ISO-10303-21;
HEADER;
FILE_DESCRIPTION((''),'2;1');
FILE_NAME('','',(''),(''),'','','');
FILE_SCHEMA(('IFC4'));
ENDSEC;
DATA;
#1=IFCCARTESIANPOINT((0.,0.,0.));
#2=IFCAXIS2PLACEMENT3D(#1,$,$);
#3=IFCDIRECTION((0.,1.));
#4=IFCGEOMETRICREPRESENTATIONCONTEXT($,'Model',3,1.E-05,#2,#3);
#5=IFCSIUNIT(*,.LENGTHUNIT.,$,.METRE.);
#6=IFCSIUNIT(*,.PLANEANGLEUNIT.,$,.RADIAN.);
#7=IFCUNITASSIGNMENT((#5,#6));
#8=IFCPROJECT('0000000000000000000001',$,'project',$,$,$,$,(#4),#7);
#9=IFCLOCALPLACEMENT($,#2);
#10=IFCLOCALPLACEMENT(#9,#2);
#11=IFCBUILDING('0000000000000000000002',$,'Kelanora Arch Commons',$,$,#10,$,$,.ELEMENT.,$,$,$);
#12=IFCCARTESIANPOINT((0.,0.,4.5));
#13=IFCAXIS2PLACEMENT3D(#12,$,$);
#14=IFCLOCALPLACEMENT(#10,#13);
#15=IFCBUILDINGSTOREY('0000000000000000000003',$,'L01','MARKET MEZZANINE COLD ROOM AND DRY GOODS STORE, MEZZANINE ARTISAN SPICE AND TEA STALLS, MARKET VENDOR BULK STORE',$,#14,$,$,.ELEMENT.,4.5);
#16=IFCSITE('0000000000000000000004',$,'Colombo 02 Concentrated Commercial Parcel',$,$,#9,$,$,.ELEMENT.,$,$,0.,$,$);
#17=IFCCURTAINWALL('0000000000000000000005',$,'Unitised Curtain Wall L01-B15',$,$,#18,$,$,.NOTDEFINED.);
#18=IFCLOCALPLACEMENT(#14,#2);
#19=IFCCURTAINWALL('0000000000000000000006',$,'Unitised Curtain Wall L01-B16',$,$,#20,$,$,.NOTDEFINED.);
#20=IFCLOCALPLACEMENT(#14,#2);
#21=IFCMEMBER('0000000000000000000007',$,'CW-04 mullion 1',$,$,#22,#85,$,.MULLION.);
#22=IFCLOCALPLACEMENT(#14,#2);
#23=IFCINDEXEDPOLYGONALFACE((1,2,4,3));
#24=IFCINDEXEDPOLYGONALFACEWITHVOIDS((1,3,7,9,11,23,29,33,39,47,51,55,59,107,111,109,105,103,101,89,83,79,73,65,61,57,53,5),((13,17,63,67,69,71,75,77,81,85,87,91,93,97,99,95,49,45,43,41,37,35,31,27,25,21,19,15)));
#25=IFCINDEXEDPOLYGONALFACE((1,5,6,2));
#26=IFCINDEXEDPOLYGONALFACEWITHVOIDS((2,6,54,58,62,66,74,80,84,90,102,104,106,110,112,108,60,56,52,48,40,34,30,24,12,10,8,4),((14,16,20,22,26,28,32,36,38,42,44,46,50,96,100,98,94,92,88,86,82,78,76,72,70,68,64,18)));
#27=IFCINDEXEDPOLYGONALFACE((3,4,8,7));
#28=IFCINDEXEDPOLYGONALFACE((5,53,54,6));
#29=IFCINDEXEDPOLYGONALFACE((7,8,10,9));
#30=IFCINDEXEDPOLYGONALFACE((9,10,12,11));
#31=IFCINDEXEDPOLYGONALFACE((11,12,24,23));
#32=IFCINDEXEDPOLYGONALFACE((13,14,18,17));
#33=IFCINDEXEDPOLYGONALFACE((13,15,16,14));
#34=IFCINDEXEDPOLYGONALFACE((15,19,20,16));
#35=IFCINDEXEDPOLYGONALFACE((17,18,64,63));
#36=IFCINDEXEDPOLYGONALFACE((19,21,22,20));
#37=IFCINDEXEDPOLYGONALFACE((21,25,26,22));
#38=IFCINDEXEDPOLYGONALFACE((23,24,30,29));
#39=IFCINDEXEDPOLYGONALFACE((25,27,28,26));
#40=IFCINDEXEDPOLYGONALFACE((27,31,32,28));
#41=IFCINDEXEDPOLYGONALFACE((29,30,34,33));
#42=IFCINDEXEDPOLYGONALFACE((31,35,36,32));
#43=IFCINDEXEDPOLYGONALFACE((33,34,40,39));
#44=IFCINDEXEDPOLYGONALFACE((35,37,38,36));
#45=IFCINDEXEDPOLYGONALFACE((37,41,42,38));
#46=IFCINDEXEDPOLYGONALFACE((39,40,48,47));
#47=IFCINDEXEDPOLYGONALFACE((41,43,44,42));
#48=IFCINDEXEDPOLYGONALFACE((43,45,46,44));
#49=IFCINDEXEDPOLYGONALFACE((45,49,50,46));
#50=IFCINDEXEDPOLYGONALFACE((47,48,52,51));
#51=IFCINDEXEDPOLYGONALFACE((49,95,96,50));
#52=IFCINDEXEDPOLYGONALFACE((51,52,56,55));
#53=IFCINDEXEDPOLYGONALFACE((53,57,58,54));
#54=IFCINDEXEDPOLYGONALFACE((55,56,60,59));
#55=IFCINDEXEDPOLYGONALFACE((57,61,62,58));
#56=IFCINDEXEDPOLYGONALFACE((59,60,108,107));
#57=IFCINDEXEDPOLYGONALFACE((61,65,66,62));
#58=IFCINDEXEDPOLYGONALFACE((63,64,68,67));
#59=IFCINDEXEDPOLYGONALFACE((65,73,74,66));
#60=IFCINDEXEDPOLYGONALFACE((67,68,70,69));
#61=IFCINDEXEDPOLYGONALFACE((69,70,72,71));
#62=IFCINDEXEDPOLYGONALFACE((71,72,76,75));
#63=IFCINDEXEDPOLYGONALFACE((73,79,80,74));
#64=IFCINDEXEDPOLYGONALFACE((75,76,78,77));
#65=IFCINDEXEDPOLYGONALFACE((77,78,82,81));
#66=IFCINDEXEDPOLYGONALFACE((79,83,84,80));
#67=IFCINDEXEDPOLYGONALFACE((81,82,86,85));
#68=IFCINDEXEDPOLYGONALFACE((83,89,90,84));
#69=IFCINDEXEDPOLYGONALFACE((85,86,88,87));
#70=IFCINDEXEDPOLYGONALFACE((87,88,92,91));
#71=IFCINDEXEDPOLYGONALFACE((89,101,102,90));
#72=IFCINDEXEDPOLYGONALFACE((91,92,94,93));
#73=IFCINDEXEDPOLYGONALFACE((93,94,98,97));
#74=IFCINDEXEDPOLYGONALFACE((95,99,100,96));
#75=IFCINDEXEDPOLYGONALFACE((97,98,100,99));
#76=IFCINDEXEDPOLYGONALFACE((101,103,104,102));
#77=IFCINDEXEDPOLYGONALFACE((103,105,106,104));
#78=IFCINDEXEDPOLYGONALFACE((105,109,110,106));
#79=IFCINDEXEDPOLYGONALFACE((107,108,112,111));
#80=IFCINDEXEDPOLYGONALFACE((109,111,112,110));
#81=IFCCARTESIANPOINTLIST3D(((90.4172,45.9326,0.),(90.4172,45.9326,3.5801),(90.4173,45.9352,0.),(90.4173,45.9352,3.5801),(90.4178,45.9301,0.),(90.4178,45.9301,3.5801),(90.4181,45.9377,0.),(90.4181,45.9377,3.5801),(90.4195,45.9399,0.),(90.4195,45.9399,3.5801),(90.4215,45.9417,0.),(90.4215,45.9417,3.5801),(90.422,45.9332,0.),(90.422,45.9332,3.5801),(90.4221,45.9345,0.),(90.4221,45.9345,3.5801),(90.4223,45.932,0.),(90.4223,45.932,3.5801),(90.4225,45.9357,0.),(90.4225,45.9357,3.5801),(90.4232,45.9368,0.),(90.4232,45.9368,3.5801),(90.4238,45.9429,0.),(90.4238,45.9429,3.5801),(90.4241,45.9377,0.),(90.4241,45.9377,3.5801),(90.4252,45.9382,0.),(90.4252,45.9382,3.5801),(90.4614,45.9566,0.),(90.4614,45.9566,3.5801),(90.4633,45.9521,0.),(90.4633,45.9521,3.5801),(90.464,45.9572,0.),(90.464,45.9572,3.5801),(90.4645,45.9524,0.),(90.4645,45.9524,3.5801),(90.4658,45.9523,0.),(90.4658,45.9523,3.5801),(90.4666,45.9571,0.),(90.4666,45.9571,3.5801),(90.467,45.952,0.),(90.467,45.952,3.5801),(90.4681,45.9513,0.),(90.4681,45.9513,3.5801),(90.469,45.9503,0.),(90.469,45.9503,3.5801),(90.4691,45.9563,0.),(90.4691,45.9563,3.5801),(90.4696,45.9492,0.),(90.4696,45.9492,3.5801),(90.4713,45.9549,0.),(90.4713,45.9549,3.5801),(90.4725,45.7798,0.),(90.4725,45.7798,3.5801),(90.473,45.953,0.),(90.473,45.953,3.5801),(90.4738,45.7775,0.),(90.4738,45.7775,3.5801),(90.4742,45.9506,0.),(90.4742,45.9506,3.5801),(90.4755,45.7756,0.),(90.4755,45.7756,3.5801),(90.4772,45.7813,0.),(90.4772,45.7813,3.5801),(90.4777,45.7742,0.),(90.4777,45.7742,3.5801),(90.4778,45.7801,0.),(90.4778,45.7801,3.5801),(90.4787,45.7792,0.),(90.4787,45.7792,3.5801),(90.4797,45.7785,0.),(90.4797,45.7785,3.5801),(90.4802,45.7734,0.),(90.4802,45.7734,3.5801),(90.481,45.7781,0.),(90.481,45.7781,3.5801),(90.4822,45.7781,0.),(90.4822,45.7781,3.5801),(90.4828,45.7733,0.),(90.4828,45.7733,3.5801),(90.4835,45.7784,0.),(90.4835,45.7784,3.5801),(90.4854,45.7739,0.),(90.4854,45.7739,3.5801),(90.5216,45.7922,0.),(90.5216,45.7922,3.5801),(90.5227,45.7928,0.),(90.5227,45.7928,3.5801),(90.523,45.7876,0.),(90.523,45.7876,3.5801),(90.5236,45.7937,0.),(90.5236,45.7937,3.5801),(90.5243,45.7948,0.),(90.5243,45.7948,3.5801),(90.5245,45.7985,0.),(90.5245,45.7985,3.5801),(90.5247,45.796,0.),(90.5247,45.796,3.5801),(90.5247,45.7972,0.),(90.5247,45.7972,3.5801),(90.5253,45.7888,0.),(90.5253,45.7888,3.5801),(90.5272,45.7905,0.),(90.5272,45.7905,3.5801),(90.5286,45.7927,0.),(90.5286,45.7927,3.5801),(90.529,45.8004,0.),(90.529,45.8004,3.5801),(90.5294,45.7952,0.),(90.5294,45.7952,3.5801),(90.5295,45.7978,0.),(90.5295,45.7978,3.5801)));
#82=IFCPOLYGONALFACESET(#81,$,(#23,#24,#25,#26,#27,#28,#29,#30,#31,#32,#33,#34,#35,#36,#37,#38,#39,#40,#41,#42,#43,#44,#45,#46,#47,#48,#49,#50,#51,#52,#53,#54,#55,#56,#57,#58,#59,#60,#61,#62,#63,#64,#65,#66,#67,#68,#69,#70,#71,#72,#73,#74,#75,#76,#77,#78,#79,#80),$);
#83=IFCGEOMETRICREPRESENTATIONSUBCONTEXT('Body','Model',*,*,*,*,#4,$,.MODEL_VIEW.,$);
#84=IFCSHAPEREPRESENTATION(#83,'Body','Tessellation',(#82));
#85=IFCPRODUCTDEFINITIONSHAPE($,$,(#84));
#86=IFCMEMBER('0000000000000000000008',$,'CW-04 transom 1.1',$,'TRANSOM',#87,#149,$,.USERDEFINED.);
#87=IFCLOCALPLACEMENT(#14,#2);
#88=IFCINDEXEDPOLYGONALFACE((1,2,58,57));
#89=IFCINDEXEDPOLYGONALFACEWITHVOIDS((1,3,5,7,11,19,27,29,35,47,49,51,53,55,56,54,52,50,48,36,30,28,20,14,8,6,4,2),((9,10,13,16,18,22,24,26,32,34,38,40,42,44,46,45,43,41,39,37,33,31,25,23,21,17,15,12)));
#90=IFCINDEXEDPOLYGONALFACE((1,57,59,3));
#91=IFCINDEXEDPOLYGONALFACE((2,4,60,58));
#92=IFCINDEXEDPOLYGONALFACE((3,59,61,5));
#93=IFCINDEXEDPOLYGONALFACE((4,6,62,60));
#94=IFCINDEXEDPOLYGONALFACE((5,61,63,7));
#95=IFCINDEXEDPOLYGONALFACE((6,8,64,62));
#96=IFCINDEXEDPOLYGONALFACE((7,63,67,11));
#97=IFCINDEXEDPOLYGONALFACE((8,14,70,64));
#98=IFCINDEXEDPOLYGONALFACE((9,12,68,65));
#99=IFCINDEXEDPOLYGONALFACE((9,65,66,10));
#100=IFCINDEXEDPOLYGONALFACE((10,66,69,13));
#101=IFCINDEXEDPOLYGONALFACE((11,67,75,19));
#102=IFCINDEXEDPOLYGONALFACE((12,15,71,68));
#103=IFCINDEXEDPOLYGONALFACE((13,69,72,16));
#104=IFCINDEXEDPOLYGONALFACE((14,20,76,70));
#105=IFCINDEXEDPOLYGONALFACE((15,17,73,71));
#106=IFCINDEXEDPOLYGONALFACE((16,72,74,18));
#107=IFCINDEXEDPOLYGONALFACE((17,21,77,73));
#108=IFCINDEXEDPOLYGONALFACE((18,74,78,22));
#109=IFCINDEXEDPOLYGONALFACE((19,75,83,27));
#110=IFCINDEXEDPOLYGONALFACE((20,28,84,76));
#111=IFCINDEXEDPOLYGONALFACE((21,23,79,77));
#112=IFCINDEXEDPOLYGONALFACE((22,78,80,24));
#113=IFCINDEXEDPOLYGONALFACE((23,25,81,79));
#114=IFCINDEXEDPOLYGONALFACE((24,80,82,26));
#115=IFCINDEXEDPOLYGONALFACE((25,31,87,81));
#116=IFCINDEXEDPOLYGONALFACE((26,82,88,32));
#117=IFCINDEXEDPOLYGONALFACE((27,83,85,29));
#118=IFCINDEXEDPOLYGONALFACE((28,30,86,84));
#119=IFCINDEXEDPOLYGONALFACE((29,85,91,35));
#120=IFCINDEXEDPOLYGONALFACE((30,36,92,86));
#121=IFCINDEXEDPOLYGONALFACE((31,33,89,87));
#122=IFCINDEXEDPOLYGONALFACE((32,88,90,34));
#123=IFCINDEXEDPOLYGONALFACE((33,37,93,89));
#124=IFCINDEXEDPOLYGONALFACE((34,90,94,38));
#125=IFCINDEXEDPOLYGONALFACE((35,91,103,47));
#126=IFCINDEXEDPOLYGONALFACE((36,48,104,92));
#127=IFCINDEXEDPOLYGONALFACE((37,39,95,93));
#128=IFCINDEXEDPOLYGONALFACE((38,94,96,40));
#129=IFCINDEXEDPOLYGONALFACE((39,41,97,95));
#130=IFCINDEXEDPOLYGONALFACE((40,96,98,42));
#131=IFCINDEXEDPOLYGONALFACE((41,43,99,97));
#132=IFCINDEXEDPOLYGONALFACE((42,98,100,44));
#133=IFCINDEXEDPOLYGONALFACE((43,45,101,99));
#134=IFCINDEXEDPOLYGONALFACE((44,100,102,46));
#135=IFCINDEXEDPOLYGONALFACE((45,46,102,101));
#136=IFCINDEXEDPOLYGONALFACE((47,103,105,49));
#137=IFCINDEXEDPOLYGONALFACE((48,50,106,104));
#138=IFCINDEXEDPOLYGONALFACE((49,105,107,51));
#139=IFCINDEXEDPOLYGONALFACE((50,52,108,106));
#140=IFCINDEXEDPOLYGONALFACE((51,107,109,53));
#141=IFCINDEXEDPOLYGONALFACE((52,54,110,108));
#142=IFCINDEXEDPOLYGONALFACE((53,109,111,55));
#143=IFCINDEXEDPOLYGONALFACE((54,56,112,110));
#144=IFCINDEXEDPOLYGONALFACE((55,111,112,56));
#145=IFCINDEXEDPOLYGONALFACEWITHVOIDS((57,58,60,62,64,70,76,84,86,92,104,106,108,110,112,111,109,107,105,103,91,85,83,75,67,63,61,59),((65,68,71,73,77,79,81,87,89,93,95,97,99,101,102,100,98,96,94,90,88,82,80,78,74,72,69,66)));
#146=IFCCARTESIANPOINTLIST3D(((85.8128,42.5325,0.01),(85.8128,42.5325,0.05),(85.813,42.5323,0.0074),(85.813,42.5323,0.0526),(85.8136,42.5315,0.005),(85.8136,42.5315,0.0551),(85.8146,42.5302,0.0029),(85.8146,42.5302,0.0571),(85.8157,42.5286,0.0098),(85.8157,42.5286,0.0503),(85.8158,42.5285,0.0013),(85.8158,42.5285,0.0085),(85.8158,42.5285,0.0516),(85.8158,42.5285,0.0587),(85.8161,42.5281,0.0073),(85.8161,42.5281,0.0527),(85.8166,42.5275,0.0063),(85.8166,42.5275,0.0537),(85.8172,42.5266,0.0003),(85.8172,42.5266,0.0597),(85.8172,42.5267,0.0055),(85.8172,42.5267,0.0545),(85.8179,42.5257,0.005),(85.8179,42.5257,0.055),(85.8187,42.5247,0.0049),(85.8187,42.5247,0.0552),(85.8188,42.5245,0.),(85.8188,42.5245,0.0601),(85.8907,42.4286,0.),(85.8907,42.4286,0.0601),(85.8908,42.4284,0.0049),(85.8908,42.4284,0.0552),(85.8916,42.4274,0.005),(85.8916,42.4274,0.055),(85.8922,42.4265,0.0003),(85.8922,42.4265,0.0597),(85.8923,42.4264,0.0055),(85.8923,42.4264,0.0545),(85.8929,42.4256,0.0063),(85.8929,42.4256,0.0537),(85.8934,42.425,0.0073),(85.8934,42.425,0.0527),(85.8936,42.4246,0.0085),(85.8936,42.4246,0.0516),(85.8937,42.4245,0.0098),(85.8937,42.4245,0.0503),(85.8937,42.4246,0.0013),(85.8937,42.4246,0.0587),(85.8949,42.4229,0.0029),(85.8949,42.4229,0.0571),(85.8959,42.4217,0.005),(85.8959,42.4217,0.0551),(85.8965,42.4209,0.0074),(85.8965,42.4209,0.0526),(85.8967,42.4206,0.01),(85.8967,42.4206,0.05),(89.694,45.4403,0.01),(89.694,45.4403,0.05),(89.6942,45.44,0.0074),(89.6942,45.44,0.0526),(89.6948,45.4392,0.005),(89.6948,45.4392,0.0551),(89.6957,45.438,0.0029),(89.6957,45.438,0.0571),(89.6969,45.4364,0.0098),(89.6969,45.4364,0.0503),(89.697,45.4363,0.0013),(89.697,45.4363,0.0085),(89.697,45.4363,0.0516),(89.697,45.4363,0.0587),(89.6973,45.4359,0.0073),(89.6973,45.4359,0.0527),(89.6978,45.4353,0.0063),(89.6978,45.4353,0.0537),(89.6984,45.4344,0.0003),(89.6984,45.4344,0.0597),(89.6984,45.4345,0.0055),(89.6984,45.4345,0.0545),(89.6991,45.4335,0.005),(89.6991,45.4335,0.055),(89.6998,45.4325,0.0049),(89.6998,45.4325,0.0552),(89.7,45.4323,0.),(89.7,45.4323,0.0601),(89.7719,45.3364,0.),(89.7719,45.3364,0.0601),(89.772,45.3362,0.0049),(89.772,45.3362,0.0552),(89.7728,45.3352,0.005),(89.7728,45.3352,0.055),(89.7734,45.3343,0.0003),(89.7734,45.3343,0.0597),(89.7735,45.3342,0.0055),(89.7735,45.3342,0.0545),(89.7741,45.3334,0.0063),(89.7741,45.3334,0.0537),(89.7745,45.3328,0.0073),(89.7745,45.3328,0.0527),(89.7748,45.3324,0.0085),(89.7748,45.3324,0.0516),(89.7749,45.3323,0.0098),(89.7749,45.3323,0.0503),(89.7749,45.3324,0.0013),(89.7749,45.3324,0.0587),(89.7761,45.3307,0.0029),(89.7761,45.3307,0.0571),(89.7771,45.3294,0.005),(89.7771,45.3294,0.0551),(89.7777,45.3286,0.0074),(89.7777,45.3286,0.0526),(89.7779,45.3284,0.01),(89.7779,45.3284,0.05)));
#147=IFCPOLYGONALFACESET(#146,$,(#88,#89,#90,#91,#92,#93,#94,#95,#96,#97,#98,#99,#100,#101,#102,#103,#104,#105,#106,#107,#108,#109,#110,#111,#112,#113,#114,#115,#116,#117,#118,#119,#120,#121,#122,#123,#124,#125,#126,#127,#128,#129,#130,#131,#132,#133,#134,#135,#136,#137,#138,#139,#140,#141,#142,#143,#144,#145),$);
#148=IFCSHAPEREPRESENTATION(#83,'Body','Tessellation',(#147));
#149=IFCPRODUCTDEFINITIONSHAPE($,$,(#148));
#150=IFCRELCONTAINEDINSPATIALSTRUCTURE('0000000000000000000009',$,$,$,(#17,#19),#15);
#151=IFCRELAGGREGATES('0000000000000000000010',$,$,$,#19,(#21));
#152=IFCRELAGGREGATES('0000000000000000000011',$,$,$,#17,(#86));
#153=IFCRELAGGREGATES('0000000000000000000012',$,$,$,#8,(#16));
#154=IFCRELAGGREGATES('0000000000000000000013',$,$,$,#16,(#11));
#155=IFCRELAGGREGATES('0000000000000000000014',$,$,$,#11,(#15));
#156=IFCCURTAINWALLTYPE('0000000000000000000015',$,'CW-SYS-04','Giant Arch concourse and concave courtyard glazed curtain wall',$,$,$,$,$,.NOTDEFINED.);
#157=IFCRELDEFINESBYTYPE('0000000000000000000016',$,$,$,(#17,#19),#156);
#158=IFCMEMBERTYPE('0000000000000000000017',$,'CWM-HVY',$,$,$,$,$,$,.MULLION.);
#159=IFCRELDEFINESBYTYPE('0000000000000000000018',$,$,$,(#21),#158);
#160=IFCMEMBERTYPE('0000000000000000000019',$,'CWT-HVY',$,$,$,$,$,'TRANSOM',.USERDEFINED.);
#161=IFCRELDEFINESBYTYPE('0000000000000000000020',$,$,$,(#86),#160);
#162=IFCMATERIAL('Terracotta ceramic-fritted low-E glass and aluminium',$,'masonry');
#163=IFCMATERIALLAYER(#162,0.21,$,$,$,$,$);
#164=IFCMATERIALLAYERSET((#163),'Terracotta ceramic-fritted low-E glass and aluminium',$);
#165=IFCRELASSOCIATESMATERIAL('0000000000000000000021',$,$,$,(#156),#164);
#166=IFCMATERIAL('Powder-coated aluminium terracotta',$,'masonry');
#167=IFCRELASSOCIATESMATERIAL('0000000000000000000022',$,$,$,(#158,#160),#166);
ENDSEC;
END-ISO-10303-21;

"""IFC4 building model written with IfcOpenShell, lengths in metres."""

from ifc_helpers import new_model, si_unit, direction, frame, origin, origin_2d, place, context, subcontext, project, spatial, hollow_rectangle, extrude, material, layer, layer_set, material_profile, profile_set, type_object, element, aggregate, save


model = new_model("IFC4")

# Units and contexts
model_context = context("Model", 3, precision=1e-05, world=origin(), true_north=direction((0.0, 1.0)))
body_context = subcontext(model_context, "Body", "Model", "MODEL_VIEW")
ifc_project = project(units=[si_unit("LENGTHUNIT", "METRE"), si_unit("PLANEANGLEUNIT", "RADIAN")], contexts=[model_context])

# Site, building, storey
site_placement = place(None, origin())
site = spatial("IfcSite", under=ifc_project, at=site_placement, Name="Colombo 02 Concentrated Commercial Parcel", CompositionType="ELEMENT", RefElevation=0.0)
building_placement = place(site_placement, origin())
building = spatial("IfcBuilding", under=site, at=building_placement, Name="Kelanora Arch Commons", CompositionType="ELEMENT")
storey_placement = place(building_placement, frame((0.0, 0.0, 4.5)))
storey = spatial("IfcBuildingStorey", under=building, at=storey_placement, Name="L01", Description="MARKET MEZZANINE COLD ROOM AND DRY GOODS STORE, MEZZANINE ARTISAN SPICE AND TEA STALLS, MARKET VENDOR BULK STORE", CompositionType="ELEMENT", Elevation=4.5)

# Shared definitions
ifc_material_1 = material(Name="Terracotta ceramic-fritted low-E glass and aluminium", Category="masonry")
ifc_layer_1 = layer(ifc_material_1, 0.21)
ifc_layer_set_1 = layer_set([ifc_layer_1], Name="Terracotta ceramic-fritted low-E glass and aluminium")
curtain_wall_type = type_object("IfcCurtainWallType", Name="CW-SYS-04", Description="Giant Arch concourse and concave courtyard glazed curtain wall", PredefinedType="NOTDEFINED", material=ifc_layer_set_1)
ifc_material_2 = material(Name="Powder-coated aluminium terracotta", Category="masonry")
ifc_material_profile_1 = material_profile(ifc_material_2, hollow_rectangle(XDim=0.1799, YDim=0.0601, WallThickness=0.0049, InnerFilletRadius=0.0049, OuterFilletRadius=0.01, at=origin_2d()), Name="CWM180x60")
ifc_profile_set_1 = profile_set([ifc_material_profile_1], Name="Powder-coated aluminium terracotta")
member_type_1 = type_object("IfcMemberType", Name="CWM-HVY", PredefinedType="MULLION", material=ifc_profile_set_1)

# Curtain wall
curtain_wall_1_placement = place(storey_placement, origin())
curtain_wall_1 = element("IfcCurtainWall", 1, at=curtain_wall_1_placement, inside=storey, type_object=curtain_wall_type, Name="Unitised Curtain Wall L01-B15", PredefinedType="NOTDEFINED")

# Curtain wall, member
curtain_wall_2_placement = place(storey_placement, origin())
curtain_wall_2 = element("IfcCurtainWall", 2, at=curtain_wall_2_placement, inside=storey, type_object=curtain_wall_type, Name="Unitised Curtain Wall L01-B16", PredefinedType="NOTDEFINED")
member_1_placement = place(storey_placement, frame((90.4734, 45.8652, 0.0), z_axis=(0.0, 0.0, 1.0), x_axis=(-0.342318, 0.939584, 0.0)))
member_1 = element("IfcMember", 3, at=member_1_placement, type_object=member_type_1, Name="CW-04 mullion 1", PredefinedType="MULLION", context=body_context, shape_type="SweptSolid", body=[
    extrude(hollow_rectangle(XDim=0.1799, YDim=0.0601, WallThickness=0.0049, InnerFilletRadius=0.0049, OuterFilletRadius=0.01, at=origin_2d()), origin(), (0.0, 0.0, 1.0), 3.5801),
])
aggregate(curtain_wall_2, [member_1])

# Member
ifc_material_profile_2 = material_profile(ifc_material_2, hollow_rectangle(XDim=0.1399, YDim=0.0601, WallThickness=0.0049, InnerFilletRadius=0.0049, OuterFilletRadius=0.01, at=origin_2d()), Name="CWT140x60")
ifc_profile_set_2 = profile_set([ifc_material_profile_2], Name="Powder-coated aluminium terracotta")
member_type_2 = type_object("IfcMemberType", Name="CWT-HVY", ElementType="TRANSOM", PredefinedType="USERDEFINED", material=ifc_profile_set_2)
member_2_placement = place(storey_placement, frame((85.8547, 42.4766, 0.03), z_axis=(0.800308, 0.599589, 0.0), x_axis=(-0.599589, 0.800308, 0.0)))
member_2 = element("IfcMember", 4, at=member_2_placement, type_object=member_type_2, Name="CW-04 transom 1.1", ObjectType="TRANSOM", PredefinedType="USERDEFINED", context=body_context, shape_type="SweptSolid", body=[
    extrude(hollow_rectangle(XDim=0.1399, YDim=0.0601, WallThickness=0.0049, InnerFilletRadius=0.0049, OuterFilletRadius=0.01, at=origin_2d()), origin(), (0.0, 0.0, 1.0), 4.8496),
])

aggregate(curtain_wall_1, [member_2])

save(model, "model.ifc")
